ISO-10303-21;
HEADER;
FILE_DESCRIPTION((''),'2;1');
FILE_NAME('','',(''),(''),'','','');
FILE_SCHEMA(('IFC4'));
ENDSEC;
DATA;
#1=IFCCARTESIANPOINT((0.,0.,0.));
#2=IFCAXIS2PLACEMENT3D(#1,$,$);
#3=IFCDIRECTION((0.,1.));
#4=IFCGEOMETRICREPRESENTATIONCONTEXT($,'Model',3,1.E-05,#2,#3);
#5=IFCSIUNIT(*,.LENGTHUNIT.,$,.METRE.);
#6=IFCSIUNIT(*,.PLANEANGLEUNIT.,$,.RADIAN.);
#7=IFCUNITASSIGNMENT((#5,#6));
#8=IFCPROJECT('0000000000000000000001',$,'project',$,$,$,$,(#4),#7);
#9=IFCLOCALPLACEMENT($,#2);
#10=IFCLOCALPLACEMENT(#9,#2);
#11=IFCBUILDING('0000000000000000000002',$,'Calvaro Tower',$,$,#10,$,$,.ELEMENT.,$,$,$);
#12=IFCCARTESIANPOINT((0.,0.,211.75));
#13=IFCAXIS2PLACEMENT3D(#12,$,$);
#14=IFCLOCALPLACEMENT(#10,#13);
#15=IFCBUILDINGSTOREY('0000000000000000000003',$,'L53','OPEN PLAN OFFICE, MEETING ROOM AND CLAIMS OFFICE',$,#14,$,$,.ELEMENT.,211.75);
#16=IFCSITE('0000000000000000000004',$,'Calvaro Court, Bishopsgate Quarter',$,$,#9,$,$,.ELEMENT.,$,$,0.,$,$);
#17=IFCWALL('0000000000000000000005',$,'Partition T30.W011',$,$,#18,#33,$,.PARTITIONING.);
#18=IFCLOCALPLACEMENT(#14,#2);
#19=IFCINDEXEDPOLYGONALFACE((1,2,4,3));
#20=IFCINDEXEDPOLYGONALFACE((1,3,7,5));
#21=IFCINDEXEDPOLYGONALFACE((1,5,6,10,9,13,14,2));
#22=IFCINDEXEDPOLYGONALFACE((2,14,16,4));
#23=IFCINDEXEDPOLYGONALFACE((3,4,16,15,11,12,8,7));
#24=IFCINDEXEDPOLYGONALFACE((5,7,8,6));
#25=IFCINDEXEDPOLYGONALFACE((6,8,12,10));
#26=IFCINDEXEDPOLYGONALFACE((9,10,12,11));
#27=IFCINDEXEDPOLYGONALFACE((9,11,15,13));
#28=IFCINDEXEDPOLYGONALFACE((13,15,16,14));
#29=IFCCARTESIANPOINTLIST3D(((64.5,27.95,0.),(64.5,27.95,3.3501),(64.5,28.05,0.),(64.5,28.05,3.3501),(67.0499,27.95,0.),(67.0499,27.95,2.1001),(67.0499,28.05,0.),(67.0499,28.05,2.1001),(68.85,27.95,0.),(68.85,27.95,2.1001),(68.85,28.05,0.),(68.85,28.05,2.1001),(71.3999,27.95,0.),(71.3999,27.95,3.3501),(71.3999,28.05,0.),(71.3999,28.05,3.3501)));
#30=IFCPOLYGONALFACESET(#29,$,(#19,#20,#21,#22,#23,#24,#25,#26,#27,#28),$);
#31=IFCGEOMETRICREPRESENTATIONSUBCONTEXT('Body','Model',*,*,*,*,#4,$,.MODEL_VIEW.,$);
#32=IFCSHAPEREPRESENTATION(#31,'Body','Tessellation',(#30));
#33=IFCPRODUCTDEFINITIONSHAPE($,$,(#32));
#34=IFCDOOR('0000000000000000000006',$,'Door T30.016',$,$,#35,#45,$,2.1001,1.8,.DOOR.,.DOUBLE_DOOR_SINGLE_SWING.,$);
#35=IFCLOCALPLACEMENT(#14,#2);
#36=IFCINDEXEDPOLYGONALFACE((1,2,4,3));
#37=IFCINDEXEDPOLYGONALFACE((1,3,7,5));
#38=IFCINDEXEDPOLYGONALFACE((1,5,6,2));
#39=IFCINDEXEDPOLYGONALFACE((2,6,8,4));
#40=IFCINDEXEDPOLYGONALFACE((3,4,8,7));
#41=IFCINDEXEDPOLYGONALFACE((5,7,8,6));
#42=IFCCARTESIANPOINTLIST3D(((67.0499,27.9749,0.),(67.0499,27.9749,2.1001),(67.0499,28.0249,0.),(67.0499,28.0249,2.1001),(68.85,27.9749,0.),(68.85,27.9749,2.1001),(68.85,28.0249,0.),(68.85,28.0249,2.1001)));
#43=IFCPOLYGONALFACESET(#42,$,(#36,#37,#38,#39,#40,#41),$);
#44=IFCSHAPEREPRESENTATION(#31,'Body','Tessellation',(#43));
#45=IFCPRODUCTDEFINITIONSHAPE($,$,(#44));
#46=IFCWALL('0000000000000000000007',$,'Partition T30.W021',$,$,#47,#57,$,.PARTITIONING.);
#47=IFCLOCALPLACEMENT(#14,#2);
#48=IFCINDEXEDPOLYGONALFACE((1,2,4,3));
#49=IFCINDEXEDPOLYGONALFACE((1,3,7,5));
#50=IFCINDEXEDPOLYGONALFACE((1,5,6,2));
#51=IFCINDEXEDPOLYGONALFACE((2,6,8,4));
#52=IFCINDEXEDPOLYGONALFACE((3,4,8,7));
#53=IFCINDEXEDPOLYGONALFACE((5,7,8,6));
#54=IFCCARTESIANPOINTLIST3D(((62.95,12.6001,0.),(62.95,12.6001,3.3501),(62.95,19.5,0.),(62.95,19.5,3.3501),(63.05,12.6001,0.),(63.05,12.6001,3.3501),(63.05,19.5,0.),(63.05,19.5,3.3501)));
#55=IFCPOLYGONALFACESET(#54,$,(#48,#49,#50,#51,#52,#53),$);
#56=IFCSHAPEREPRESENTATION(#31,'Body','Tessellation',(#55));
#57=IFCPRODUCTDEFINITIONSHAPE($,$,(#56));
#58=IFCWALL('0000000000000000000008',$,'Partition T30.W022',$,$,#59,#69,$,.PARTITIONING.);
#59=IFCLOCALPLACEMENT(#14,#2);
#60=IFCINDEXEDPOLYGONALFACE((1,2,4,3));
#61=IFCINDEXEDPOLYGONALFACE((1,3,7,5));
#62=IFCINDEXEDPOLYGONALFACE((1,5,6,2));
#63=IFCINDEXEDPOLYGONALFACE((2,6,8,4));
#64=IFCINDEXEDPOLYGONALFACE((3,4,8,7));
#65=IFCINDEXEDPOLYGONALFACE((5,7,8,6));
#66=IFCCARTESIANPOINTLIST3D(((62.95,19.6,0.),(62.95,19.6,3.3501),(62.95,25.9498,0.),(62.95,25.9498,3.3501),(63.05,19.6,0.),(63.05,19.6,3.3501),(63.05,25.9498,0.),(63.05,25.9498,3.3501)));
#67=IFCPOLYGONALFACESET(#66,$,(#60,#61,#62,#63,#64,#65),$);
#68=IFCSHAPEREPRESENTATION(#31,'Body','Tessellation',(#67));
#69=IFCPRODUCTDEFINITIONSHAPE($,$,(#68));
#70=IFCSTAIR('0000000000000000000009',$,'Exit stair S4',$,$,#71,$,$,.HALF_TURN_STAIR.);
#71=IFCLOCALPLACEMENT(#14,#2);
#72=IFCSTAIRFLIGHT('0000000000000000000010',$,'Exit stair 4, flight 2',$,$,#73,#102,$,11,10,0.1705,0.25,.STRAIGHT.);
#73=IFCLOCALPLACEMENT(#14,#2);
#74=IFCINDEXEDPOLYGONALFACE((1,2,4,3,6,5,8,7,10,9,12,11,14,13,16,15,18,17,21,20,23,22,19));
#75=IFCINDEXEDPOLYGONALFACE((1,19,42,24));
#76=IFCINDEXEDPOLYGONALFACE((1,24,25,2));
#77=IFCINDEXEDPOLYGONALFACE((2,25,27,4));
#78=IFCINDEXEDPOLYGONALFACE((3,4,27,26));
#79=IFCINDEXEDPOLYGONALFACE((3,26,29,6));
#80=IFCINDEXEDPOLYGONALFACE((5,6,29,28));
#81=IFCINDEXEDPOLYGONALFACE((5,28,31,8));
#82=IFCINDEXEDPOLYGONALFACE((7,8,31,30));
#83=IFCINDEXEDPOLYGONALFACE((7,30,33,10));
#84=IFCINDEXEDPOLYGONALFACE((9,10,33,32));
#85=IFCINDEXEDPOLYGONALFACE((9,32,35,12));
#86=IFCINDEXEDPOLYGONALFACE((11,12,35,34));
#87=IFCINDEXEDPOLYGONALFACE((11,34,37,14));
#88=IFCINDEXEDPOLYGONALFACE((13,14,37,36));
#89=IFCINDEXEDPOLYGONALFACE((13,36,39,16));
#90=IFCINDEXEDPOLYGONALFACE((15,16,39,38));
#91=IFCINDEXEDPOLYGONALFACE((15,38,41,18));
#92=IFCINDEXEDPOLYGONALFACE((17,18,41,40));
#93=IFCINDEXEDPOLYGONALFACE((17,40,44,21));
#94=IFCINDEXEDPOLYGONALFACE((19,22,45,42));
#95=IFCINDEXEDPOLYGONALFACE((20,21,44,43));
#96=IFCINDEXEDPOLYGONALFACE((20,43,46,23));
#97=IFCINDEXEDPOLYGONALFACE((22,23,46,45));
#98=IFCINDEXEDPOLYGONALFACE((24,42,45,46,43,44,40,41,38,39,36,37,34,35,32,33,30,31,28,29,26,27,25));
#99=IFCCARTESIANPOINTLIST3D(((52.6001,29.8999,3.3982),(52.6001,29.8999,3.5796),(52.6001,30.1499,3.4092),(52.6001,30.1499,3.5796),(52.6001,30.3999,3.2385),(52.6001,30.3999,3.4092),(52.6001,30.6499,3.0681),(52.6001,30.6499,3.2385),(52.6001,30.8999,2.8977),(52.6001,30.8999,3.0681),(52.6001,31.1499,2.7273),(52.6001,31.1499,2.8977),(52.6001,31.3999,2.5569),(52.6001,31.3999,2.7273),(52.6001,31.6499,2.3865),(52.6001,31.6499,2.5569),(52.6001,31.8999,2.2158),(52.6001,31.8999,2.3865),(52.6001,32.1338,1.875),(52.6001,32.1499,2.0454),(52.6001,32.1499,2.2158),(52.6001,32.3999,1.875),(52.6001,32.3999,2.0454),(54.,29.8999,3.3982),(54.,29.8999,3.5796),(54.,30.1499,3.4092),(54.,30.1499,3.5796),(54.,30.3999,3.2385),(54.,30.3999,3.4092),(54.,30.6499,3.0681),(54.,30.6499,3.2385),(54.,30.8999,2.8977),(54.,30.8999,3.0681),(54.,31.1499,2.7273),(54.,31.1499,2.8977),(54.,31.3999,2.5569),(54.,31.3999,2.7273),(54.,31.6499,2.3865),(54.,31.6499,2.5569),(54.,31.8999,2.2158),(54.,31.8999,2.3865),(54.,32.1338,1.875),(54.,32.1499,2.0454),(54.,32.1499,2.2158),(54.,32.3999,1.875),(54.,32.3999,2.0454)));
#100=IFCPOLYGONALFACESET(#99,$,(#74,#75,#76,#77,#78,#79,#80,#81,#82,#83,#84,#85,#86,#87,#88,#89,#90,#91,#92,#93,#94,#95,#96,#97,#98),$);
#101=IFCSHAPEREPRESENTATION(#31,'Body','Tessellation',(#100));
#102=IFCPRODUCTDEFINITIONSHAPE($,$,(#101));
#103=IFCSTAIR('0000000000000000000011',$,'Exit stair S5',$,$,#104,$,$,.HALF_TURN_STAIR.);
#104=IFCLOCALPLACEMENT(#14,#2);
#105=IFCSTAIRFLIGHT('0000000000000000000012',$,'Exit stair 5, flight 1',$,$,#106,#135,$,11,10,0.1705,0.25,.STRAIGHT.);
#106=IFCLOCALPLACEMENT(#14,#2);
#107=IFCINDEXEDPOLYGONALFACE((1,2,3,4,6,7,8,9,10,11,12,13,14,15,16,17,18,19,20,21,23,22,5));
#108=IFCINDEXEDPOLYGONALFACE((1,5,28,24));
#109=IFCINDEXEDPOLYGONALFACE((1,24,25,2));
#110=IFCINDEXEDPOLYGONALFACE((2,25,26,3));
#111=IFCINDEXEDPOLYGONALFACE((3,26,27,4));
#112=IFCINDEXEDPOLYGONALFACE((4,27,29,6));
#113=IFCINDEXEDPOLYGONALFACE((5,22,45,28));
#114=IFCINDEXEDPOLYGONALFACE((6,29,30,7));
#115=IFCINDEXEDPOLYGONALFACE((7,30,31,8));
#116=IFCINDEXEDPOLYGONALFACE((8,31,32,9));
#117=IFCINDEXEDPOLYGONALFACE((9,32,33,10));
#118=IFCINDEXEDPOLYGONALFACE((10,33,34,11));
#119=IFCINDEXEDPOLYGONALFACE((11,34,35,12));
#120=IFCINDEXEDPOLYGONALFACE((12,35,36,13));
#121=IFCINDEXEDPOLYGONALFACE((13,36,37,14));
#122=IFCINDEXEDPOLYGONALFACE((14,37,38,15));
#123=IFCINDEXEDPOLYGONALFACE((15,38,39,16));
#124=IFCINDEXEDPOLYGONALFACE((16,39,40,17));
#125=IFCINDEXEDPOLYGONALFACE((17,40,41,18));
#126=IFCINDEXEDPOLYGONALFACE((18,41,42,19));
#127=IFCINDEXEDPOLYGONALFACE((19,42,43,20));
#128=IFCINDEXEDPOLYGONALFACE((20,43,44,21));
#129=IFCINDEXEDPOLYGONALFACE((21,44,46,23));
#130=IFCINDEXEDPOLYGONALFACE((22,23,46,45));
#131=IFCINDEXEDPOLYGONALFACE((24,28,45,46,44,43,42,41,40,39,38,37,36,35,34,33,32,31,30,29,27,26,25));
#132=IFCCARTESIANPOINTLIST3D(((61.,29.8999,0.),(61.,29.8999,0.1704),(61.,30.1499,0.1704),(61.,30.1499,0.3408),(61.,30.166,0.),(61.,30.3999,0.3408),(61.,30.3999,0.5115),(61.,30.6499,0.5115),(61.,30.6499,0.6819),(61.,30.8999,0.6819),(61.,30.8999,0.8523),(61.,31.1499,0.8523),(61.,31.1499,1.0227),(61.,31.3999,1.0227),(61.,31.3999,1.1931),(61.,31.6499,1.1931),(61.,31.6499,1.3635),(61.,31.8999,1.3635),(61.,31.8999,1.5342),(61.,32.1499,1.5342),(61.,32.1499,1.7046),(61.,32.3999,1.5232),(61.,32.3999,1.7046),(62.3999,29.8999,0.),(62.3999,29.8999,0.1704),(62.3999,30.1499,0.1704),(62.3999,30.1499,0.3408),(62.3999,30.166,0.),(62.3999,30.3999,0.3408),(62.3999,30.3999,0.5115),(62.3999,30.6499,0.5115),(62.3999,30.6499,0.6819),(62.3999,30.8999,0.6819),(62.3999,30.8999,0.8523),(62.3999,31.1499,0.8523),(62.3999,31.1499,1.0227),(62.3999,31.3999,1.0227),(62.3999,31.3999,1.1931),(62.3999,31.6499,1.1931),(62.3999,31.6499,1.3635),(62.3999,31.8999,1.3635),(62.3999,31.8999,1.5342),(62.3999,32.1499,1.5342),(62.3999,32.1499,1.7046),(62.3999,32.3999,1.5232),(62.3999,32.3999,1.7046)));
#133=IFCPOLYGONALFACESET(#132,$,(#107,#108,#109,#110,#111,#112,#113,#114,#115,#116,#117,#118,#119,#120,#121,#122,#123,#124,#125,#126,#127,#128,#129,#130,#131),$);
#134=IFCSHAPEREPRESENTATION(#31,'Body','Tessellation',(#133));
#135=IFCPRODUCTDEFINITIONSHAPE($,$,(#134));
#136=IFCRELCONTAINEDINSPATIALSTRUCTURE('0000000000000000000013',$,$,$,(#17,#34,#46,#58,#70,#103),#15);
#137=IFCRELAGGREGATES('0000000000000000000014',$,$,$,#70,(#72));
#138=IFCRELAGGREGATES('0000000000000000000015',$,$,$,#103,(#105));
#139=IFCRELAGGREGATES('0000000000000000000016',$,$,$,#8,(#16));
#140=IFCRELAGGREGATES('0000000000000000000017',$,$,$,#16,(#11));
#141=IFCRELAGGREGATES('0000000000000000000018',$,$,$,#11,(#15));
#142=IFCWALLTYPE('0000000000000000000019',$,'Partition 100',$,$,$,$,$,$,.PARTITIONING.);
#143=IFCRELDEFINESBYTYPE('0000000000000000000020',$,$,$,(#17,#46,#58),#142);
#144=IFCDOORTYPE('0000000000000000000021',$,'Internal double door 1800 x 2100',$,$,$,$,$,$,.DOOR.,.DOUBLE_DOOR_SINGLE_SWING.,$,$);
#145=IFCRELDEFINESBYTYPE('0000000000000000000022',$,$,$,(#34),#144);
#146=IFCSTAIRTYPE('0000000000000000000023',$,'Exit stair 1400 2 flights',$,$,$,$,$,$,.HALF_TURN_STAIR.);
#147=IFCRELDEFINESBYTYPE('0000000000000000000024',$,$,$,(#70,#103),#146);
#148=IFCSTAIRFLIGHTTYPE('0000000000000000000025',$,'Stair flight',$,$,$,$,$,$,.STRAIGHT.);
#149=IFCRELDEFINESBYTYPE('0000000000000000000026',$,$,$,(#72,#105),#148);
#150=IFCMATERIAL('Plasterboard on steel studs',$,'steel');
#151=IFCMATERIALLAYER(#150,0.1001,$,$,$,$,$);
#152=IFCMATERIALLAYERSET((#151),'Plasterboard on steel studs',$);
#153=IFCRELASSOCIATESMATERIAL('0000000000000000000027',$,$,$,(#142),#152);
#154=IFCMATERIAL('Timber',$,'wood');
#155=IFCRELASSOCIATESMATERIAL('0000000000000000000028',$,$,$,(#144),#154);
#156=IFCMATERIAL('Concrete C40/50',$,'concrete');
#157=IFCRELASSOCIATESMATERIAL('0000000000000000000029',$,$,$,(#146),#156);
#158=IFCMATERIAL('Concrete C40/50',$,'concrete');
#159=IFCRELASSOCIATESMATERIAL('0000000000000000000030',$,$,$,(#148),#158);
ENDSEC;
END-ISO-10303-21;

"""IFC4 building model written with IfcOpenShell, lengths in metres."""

from ifc_helpers import new_model, si_unit, direction, frame, frame_2d, origin, place, context, subcontext, project, spatial, polyline, rectangle, outline, extrude, material, layer, layer_set, type_object, element, fill, aggregate, save


model = new_model("IFC4")

# Units and contexts
model_context = context("Model", 3, precision=1e-05, world=origin(), true_north=direction((0.0, 1.0)))
body_context = subcontext(model_context, "Body", "Model", "MODEL_VIEW")
ifc_project = project(units=[si_unit("LENGTHUNIT", "METRE"), si_unit("PLANEANGLEUNIT", "RADIAN")], contexts=[model_context])

# Site, building, storey
site_placement = place(None, origin())
site = spatial("IfcSite", under=ifc_project, at=site_placement, Name="Calvaro Court, Bishopsgate Quarter", CompositionType="ELEMENT", RefElevation=0.0)
building_placement = place(site_placement, origin())
building = spatial("IfcBuilding", under=site, at=building_placement, Name="Calvaro Tower", CompositionType="ELEMENT")
storey_placement = place(building_placement, frame((0.0, 0.0, 211.75)))
storey = spatial("IfcBuildingStorey", under=building, at=storey_placement, Name="L53", Description="OPEN PLAN OFFICE, MEETING ROOM AND CLAIMS OFFICE", CompositionType="ELEMENT", Elevation=211.75)

# Wall, opening, door
ifc_material_1 = material(Name="Plasterboard on steel studs", Category="steel")
ifc_layer_1 = layer(ifc_material_1, 0.1001)
ifc_layer_set_1 = layer_set([ifc_layer_1], Name="Plasterboard on steel studs")
wall_type_1 = type_object("IfcWallType", Name="Partition 100", PredefinedType="PARTITIONING", material=ifc_layer_set_1)
wall_1_placement = place(storey_placement, frame((64.5, 28.0, 0.0), z_axis=(0.0, 0.0, 1.0), x_axis=(1.0, 0.0, 0.0)))
wall_1 = element("IfcWall", 1, at=wall_1_placement, inside=storey, type_object=wall_type_1, Name="Partition T30.W011", PredefinedType="PARTITIONING", context=body_context, shape_type="SweptSolid", body=[
    extrude(rectangle(XDim=6.8999, YDim=0.1001, at=frame_2d((3.45, 0.0))), origin(), (0.0, 0.0, 1.0), 3.3501),
])
opening_1_placement = place(wall_1_placement, frame((2.55, 0.0, 0.0)))
opening_1 = element("IfcOpeningElement", 2, at=opening_1_placement, cuts=wall_1, PredefinedType="OPENING", context=body_context, shape_type="SweptSolid", body=[
    extrude(rectangle(XDim=1.8, YDim=2.1001, at=frame_2d((0.8999, 1.05))), frame((0.0, 0.0601, 0.0), z_axis=(0.0, -1.0, 0.0), x_axis=(1.0, 0.0, 0.0)), (0.0, 0.0, 1.0), 0.1201),
])
ifc_material_2 = material(Name="Timber", Category="wood")
door_type_1 = type_object("IfcDoorType", Name="Internal double door 1800 x 2100", OperationType="DOUBLE_DOOR_SINGLE_SWING", PredefinedType="DOOR", material=ifc_material_2)
door_1_placement = place(opening_1_placement, origin())
door_1 = element("IfcDoor", 3, at=door_1_placement, inside=storey, type_object=door_type_1, Name="Door T30.016", OperationType="DOUBLE_DOOR_SINGLE_SWING", OverallHeight=2.1001, OverallWidth=1.8, PredefinedType="DOOR", context=body_context, shape_type="SweptSolid", body=[
    extrude(rectangle(XDim=1.8, YDim=2.1001, at=frame_2d((0.8999, 1.05))), frame((0.0, 0.0249, 0.0), z_axis=(0.0, -1.0, 0.0), x_axis=(1.0, 0.0, 0.0)), (0.0, 0.0, 1.0), 0.05),
])
fill(opening_1, door_1)

# Walls
wall_2_placement = place(storey_placement, frame((63.0, 12.6001, 0.0), z_axis=(0.0, 0.0, 1.0), x_axis=(0.0, 1.0, 0.0)))
element("IfcWall", 4, at=wall_2_placement, inside=storey, type_object=wall_type_1, Name="Partition T30.W021", PredefinedType="PARTITIONING", context=body_context, shape_type="SweptSolid", body=[
    extrude(rectangle(XDim=6.8999, YDim=0.1001, at=frame_2d((3.45, 0.0))), origin(), (0.0, 0.0, 1.0), 3.3501),
])
wall_3_placement = place(storey_placement, frame((63.0, 19.6001, 0.0), z_axis=(0.0, 0.0, 1.0), x_axis=(0.0, 1.0, 0.0)))
element("IfcWall", 5, at=wall_3_placement, inside=storey, type_object=wall_type_1, Name="Partition T30.W022", PredefinedType="PARTITIONING", context=body_context, shape_type="SweptSolid", body=[
    extrude(rectangle(XDim=6.3499, YDim=0.1001, at=frame_2d((3.1748, 0.0))), origin(), (0.0, 0.0, 1.0), 3.3501),
])

# Stairs, stair flights
ifc_material_3 = material(Name="Concrete C40/50", Category="concrete")
stair_type = type_object("IfcStairType", Name="Exit stair 1400 2 flights", PredefinedType="HALF_TURN_STAIR", material=ifc_material_3)
stair_1_placement = place(storey_placement, origin())
stair_1 = element("IfcStair", 6, at=stair_1_placement, inside=storey, type_object=stair_type, Name="Exit stair S4", PredefinedType="HALF_TURN_STAIR")
ifc_material_4 = material(Name="Concrete C40/50", Category="concrete")
stair_flight_type = type_object("IfcStairFlightType", Name="Stair flight", PredefinedType="STRAIGHT", material=ifc_material_4)
stair_flight_1_placement = place(storey_placement, frame((53.3, 32.3999, 1.875), z_axis=(0.0, 0.0, 1.0), x_axis=(0.0, -1.0, 0.0)))
stair_flight_1 = element("IfcStairFlight", 7, at=stair_flight_1_placement, type_object=stair_flight_type, Name="Exit stair 4, flight 2", NumberOfRisers=11, NumberOfTreads=10, PredefinedType="STRAIGHT", RiserHeight=0.1705, TreadLength=0.25, context=body_context, shape_type="SweptSolid", body=[
    extrude(outline(polyline([(0.0, 0.0), (0.0, 0.1704), (0.25, 0.1704), (0.25, 0.3408), (0.5, 0.3408), (0.5, 0.5115), (0.75, 0.5115), (0.75, 0.6819), (1.0, 0.6819), (1.0, 0.8523), (1.25, 0.8523), (1.25, 1.0227), (1.5, 1.0227), (1.5, 1.1931), (1.75, 1.1931), (1.75, 1.3635), (2.0, 1.3635), (2.0, 1.5342), (2.25, 1.5342), (2.25, 1.7046), (2.5, 1.7046), (2.5, 1.875), (2.5, 1.5232), (0.2661, 0.0), (0.0, 0.0)])), frame((0.0, 0.7, 0.0), z_axis=(0.0, -1.0, 0.0), x_axis=(1.0, 0.0, 0.0)), (0.0, 0.0, 1.0), 1.3999),
])
stair_2_placement = place(storey_placement, origin())
stair_2 = element("IfcStair", 8, at=stair_2_placement, inside=storey, type_object=stair_type, Name="Exit stair S5", PredefinedType="HALF_TURN_STAIR")
stair_flight_2_placement = place(storey_placement, frame((61.7, 29.8999, 0.0), z_axis=(0.0, 0.0, 1.0), x_axis=(0.0, 1.0, 0.0)))
stair_flight_2 = element("IfcStairFlight", 9, at=stair_flight_2_placement, type_object=stair_flight_type, Name="Exit stair 5, flight 1", NumberOfRisers=11, NumberOfTreads=10, PredefinedType="STRAIGHT", RiserHeight=0.1705, TreadLength=0.25, context=body_context, shape_type="SweptSolid", body=[
    extrude(outline(polyline([(0.0, 0.0), (0.0, 0.1704), (0.25, 0.1704), (0.25, 0.3408), (0.5, 0.3408), (0.5, 0.5115), (0.75, 0.5115), (0.75, 0.6819), (1.0, 0.6819), (1.0, 0.8523), (1.25, 0.8523), (1.25, 1.0227), (1.5, 1.0227), (1.5, 1.1931), (1.75, 1.1931), (1.75, 1.3635), (2.0, 1.3635), (2.0, 1.5342), (2.25, 1.5342), (2.25, 1.7046), (2.5, 1.7046), (2.5, 1.875), (2.5, 1.5232), (0.2661, 0.0), (0.0, 0.0)])), frame((0.0, 0.7, 0.0), z_axis=(0.0, -1.0, 0.0), x_axis=(1.0, 0.0, 0.0)), (0.0, 0.0, 1.0), 1.3999),
])

aggregate(stair_1, [stair_flight_1])
aggregate(stair_2, [stair_flight_2])

save(model, "model.ifc")
